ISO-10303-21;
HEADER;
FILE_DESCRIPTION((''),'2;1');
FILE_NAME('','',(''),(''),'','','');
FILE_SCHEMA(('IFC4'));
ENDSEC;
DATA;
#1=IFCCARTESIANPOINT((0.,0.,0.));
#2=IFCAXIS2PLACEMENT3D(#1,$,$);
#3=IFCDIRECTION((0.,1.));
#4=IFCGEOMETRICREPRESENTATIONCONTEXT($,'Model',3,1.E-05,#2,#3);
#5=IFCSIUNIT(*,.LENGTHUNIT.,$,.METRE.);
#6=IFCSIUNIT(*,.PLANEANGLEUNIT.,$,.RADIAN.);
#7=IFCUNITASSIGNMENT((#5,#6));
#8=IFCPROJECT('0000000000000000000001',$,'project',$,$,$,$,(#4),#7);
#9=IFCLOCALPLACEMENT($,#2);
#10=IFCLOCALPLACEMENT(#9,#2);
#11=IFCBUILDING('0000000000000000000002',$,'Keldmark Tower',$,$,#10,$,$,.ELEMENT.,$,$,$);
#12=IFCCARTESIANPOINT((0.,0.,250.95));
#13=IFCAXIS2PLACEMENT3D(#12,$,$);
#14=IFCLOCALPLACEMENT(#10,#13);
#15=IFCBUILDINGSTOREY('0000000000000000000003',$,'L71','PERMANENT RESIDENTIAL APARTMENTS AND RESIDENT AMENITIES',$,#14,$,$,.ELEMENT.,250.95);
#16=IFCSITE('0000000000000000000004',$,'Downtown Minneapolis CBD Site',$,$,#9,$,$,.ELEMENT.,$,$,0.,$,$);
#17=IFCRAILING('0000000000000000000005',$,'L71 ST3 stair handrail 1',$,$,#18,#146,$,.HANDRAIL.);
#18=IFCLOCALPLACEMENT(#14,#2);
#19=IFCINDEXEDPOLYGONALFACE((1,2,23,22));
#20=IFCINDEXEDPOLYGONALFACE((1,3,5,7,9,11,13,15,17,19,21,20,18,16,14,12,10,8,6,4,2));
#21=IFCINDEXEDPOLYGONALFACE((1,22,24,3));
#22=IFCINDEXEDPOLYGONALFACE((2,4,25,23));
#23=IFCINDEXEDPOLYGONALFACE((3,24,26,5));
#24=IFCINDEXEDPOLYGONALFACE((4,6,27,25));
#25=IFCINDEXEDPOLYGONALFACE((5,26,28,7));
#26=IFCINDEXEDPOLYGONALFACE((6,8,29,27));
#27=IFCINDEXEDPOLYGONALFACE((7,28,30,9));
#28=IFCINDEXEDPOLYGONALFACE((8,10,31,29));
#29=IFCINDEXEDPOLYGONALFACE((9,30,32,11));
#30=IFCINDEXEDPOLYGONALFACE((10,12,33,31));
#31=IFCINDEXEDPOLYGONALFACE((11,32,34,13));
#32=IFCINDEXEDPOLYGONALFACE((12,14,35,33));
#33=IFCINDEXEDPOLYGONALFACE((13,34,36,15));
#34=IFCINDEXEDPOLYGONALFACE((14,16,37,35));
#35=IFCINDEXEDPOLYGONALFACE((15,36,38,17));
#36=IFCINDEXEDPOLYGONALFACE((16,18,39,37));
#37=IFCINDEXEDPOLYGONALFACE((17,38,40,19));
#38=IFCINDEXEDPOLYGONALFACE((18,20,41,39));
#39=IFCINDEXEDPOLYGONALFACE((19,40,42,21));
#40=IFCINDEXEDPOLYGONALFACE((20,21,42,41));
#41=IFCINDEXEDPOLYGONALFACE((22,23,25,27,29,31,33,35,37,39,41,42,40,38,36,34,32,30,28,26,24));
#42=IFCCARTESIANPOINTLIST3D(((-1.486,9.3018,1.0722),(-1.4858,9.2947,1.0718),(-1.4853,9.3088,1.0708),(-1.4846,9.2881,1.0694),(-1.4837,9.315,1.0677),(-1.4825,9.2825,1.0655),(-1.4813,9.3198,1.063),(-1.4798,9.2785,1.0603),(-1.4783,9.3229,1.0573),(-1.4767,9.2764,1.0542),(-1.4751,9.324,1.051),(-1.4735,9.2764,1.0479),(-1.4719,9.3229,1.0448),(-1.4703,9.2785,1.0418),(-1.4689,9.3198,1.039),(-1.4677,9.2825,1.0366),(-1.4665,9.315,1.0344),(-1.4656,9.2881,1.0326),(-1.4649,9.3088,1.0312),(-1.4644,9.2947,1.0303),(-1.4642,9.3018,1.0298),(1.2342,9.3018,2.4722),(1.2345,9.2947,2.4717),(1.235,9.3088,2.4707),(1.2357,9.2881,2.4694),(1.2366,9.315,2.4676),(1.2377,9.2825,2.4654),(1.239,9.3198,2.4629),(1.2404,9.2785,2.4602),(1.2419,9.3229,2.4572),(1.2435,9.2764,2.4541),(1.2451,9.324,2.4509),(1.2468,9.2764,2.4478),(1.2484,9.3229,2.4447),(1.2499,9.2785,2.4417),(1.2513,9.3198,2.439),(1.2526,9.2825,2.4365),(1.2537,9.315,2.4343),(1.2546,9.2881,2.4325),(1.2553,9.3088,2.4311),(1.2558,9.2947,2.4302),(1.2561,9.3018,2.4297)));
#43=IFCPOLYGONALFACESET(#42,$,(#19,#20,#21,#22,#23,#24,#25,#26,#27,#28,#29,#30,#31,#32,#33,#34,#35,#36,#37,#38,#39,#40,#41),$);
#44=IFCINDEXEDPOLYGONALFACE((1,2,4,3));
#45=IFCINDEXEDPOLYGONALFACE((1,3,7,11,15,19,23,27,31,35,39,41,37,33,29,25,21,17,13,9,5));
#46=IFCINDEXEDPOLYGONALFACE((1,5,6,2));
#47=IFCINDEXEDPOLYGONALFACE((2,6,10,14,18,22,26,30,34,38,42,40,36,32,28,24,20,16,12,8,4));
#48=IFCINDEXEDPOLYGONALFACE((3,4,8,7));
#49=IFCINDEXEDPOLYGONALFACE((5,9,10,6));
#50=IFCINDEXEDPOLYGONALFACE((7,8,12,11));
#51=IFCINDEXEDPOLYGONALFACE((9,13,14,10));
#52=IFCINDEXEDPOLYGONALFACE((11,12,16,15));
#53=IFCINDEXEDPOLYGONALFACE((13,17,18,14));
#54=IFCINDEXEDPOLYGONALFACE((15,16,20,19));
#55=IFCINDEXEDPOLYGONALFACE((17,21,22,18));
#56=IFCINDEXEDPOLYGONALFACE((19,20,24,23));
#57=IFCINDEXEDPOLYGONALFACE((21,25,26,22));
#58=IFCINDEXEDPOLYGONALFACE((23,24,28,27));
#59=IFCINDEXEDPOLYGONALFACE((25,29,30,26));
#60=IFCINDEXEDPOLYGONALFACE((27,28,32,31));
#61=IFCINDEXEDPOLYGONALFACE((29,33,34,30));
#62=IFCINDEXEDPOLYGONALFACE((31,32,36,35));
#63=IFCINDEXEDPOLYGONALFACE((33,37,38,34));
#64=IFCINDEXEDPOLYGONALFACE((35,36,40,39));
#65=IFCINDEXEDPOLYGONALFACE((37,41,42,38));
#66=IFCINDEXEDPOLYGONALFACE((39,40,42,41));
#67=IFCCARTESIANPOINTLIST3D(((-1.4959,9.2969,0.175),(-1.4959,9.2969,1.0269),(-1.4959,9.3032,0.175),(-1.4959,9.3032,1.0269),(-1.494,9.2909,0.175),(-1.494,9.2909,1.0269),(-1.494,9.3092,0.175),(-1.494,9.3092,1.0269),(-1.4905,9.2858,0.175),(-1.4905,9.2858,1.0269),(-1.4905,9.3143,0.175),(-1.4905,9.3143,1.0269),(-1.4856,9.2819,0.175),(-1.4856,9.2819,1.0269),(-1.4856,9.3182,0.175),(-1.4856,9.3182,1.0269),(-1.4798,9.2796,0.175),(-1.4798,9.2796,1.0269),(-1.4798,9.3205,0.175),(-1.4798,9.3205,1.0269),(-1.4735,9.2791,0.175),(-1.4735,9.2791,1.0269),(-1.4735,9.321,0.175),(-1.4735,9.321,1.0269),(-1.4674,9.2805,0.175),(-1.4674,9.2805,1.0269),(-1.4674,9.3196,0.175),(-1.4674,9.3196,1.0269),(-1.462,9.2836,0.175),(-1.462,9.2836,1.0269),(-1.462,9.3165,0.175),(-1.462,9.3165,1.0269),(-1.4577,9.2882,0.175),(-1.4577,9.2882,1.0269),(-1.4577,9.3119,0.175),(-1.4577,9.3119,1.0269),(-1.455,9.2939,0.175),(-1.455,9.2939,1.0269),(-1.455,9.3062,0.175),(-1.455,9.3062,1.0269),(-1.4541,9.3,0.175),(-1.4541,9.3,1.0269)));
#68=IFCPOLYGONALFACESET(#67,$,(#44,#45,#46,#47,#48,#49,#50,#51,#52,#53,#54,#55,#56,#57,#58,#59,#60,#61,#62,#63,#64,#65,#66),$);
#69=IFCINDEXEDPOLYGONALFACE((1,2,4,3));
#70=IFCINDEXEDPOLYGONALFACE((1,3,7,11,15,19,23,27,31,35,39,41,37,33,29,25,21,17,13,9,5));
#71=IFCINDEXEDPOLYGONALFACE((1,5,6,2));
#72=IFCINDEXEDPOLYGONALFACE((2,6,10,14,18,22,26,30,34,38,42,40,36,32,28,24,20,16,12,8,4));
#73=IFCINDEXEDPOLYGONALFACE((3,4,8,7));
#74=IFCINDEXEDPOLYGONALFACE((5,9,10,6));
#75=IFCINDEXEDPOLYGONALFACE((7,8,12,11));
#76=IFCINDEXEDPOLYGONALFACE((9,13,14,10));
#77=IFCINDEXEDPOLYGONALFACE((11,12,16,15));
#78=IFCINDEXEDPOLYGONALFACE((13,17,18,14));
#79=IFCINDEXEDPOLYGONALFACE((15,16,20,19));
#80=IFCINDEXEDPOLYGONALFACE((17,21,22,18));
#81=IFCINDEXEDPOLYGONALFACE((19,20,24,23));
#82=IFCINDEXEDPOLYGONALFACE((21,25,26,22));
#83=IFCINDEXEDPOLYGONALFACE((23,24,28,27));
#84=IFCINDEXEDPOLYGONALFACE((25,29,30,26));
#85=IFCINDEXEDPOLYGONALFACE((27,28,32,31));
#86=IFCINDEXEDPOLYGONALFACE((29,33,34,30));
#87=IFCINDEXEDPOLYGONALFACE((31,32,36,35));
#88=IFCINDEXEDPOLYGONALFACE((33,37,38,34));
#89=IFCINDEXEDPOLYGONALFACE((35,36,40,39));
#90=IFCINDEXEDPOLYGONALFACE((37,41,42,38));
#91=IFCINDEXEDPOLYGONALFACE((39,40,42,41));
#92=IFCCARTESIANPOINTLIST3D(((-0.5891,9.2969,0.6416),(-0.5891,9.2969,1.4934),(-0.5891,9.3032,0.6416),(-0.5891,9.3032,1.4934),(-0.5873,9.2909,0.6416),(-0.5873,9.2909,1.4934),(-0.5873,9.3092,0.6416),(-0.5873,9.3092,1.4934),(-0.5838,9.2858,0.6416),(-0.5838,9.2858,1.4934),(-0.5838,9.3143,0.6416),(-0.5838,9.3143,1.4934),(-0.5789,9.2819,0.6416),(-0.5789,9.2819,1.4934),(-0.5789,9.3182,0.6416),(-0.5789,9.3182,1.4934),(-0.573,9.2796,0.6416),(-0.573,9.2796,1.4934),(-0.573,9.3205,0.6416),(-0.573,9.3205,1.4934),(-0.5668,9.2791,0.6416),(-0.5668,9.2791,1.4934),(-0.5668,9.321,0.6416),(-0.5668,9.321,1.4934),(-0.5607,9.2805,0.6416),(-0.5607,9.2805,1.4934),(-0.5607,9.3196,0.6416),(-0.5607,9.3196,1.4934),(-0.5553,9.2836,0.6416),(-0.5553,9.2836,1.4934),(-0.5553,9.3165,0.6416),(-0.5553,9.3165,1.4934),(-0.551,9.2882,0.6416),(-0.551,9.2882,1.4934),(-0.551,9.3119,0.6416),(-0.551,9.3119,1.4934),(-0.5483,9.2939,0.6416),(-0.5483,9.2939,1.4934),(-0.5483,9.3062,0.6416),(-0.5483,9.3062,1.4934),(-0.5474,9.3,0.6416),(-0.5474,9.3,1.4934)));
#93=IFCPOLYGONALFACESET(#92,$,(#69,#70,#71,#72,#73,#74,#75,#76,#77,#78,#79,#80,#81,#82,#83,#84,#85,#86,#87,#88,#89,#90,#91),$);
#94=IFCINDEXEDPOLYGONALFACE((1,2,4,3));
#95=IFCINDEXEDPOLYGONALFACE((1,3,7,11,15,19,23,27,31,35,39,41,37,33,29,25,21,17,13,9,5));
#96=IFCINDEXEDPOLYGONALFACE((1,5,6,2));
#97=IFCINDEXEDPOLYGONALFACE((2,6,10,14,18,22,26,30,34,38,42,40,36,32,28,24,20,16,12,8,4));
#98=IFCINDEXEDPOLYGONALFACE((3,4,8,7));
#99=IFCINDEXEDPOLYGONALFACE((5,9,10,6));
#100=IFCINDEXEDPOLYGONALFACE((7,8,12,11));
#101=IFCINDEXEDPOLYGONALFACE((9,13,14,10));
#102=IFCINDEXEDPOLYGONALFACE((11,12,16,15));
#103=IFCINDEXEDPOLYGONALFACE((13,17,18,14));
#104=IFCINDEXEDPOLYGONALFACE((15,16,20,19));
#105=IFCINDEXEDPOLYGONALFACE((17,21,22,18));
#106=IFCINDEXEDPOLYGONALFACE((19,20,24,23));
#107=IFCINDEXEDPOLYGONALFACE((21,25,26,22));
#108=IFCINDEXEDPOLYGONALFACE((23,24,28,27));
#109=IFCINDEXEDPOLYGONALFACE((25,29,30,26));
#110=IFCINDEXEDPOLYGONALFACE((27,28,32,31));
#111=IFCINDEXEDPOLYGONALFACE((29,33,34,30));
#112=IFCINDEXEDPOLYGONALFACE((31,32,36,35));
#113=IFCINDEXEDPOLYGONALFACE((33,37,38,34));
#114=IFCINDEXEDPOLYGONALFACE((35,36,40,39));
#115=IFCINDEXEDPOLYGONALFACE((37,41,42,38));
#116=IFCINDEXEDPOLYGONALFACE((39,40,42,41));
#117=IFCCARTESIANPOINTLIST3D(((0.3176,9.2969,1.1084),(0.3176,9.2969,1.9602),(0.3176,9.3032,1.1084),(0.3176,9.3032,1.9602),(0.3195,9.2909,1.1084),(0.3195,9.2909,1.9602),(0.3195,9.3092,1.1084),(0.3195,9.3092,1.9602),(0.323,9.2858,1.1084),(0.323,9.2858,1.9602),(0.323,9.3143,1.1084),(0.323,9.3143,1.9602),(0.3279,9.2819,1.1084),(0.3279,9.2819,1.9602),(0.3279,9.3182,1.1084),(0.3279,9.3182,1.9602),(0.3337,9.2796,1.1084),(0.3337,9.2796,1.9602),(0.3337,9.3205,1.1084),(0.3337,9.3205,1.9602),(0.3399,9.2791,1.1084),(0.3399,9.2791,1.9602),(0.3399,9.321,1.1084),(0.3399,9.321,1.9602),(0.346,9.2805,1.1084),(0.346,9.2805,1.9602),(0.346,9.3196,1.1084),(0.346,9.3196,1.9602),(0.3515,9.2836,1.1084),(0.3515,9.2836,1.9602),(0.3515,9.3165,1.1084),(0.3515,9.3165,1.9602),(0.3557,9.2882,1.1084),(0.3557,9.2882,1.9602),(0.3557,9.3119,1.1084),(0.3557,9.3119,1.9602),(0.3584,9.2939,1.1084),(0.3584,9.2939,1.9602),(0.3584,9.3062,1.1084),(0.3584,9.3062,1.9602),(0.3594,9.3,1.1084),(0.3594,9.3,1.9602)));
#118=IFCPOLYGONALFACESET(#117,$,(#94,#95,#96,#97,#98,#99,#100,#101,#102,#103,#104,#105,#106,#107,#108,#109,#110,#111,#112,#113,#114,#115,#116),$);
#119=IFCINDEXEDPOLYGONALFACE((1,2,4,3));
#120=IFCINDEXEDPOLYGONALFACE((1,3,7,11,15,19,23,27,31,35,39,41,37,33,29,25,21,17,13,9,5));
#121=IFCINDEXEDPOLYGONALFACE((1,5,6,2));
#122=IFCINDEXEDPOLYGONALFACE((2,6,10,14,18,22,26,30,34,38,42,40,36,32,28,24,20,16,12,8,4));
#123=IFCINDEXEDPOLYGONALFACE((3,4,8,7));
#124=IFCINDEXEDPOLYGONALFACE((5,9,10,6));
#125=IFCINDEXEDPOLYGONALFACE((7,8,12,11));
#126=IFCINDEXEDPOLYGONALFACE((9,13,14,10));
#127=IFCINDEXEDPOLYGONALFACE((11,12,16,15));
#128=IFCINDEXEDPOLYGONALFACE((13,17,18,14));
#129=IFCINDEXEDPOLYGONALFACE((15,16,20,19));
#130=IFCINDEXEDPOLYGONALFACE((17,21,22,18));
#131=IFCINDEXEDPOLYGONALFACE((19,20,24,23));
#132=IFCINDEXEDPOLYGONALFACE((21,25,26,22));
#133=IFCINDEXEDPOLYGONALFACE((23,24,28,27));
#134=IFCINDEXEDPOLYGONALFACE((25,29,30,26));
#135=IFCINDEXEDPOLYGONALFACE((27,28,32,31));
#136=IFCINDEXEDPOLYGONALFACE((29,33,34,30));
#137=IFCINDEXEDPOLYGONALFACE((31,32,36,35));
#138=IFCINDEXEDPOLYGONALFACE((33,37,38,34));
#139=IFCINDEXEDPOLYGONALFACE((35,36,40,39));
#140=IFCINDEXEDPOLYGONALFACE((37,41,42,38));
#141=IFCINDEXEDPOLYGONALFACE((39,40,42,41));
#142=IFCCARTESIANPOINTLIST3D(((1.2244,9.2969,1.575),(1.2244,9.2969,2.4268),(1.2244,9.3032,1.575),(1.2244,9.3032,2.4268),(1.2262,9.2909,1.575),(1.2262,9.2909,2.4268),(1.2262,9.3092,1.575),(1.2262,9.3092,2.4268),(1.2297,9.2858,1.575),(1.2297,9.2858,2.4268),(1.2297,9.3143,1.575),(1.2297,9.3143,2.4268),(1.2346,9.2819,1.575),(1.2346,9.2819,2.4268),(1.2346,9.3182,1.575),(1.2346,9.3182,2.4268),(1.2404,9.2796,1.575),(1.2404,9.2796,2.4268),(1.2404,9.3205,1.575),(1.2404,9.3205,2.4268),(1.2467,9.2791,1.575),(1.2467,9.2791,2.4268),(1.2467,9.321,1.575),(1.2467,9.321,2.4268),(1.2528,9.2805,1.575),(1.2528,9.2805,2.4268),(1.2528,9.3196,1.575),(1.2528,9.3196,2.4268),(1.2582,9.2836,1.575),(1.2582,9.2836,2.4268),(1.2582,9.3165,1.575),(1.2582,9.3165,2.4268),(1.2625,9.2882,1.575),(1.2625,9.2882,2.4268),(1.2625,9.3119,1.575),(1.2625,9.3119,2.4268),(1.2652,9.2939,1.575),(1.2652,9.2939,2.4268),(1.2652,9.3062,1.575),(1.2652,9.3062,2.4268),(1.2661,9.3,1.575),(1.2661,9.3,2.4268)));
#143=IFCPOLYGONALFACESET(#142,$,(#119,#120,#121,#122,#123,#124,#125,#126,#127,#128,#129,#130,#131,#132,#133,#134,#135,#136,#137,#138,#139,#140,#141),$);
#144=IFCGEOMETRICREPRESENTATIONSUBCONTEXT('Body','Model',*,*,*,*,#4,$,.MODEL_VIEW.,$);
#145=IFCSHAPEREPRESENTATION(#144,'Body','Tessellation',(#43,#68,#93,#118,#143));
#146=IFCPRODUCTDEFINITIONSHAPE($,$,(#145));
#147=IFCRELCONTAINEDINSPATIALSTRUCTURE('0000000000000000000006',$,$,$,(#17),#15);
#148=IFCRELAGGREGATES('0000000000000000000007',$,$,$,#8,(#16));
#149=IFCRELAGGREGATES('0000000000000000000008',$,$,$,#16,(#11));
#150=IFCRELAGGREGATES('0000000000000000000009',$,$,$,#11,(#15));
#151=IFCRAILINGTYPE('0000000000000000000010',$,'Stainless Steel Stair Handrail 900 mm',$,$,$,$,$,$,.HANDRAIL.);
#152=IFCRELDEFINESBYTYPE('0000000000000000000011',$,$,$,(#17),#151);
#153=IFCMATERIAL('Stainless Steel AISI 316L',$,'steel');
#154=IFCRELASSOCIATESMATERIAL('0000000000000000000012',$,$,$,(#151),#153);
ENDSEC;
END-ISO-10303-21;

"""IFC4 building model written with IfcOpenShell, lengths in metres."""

from ifc_helpers import new_model, si_unit, direction, frame, origin, origin_2d, place, context, subcontext, project, spatial, circle, extrude, material, type_object, element, save


model = new_model("IFC4")

# Units and contexts
model_context = context("Model", 3, precision=1e-05, world=origin(), true_north=direction((0.0, 1.0)))
body_context = subcontext(model_context, "Body", "Model", "MODEL_VIEW")
ifc_project = project(units=[si_unit("LENGTHUNIT", "METRE"), si_unit("PLANEANGLEUNIT", "RADIAN")], contexts=[model_context])

# Site, building, storey
site_placement = place(None, origin())
site = spatial("IfcSite", under=ifc_project, at=site_placement, Name="Downtown Minneapolis CBD Site", CompositionType="ELEMENT", RefElevation=0.0)
building_placement = place(site_placement, origin())
building = spatial("IfcBuilding", under=site, at=building_placement, Name="Keldmark Tower", CompositionType="ELEMENT")
storey_placement = place(building_placement, frame((0.0, 0.0, 250.95)))
storey = spatial("IfcBuildingStorey", under=building, at=storey_placement, Name="L71", Description="PERMANENT RESIDENTIAL APARTMENTS AND RESIDENT AMENITIES", CompositionType="ELEMENT", Elevation=250.95)

# Railing
ifc_material_1 = material(Name="Stainless Steel AISI 316L", Category="steel")
railing_type_1 = type_object("IfcRailingType", Name="Stainless Steel Stair Handrail 900 mm", PredefinedType="HANDRAIL", material=ifc_material_1)
railing_1_placement = place(storey_placement, frame((-1.4751, 9.3, 0.175)))
element("IfcRailing", 1, at=railing_1_placement, inside=storey, type_object=railing_type_1, Name="L71 ST3 stair handrail 1", PredefinedType="HANDRAIL", context=body_context, shape_type="SweptSolid", body=[
    extrude(circle(Radius=0.0239, at=origin_2d()), frame((0.0, 0.0, 0.876), z_axis=(0.889164, 0.0, 0.45759), x_axis=(0.0, 1.0, 0.0)), (0.0, 0.0, 1.0), 3.0593),
    extrude(circle(Radius=0.021, at=origin_2d()), origin(), (0.0, 0.0, 1.0), 0.8518),
    extrude(circle(Radius=0.021, at=origin_2d()), frame((0.9067, 0.0, 0.4666)), (0.0, 0.0, 1.0), 0.8518),
    extrude(circle(Radius=0.021, at=origin_2d()), frame((1.8135, 0.0, 0.9333)), (0.0, 0.0, 1.0), 0.8518),
    extrude(circle(Radius=0.021, at=origin_2d()), frame((2.7202, 0.0, 1.3999)), (0.0, 0.0, 1.0), 0.8518),
])

save(model, "model.ifc")
